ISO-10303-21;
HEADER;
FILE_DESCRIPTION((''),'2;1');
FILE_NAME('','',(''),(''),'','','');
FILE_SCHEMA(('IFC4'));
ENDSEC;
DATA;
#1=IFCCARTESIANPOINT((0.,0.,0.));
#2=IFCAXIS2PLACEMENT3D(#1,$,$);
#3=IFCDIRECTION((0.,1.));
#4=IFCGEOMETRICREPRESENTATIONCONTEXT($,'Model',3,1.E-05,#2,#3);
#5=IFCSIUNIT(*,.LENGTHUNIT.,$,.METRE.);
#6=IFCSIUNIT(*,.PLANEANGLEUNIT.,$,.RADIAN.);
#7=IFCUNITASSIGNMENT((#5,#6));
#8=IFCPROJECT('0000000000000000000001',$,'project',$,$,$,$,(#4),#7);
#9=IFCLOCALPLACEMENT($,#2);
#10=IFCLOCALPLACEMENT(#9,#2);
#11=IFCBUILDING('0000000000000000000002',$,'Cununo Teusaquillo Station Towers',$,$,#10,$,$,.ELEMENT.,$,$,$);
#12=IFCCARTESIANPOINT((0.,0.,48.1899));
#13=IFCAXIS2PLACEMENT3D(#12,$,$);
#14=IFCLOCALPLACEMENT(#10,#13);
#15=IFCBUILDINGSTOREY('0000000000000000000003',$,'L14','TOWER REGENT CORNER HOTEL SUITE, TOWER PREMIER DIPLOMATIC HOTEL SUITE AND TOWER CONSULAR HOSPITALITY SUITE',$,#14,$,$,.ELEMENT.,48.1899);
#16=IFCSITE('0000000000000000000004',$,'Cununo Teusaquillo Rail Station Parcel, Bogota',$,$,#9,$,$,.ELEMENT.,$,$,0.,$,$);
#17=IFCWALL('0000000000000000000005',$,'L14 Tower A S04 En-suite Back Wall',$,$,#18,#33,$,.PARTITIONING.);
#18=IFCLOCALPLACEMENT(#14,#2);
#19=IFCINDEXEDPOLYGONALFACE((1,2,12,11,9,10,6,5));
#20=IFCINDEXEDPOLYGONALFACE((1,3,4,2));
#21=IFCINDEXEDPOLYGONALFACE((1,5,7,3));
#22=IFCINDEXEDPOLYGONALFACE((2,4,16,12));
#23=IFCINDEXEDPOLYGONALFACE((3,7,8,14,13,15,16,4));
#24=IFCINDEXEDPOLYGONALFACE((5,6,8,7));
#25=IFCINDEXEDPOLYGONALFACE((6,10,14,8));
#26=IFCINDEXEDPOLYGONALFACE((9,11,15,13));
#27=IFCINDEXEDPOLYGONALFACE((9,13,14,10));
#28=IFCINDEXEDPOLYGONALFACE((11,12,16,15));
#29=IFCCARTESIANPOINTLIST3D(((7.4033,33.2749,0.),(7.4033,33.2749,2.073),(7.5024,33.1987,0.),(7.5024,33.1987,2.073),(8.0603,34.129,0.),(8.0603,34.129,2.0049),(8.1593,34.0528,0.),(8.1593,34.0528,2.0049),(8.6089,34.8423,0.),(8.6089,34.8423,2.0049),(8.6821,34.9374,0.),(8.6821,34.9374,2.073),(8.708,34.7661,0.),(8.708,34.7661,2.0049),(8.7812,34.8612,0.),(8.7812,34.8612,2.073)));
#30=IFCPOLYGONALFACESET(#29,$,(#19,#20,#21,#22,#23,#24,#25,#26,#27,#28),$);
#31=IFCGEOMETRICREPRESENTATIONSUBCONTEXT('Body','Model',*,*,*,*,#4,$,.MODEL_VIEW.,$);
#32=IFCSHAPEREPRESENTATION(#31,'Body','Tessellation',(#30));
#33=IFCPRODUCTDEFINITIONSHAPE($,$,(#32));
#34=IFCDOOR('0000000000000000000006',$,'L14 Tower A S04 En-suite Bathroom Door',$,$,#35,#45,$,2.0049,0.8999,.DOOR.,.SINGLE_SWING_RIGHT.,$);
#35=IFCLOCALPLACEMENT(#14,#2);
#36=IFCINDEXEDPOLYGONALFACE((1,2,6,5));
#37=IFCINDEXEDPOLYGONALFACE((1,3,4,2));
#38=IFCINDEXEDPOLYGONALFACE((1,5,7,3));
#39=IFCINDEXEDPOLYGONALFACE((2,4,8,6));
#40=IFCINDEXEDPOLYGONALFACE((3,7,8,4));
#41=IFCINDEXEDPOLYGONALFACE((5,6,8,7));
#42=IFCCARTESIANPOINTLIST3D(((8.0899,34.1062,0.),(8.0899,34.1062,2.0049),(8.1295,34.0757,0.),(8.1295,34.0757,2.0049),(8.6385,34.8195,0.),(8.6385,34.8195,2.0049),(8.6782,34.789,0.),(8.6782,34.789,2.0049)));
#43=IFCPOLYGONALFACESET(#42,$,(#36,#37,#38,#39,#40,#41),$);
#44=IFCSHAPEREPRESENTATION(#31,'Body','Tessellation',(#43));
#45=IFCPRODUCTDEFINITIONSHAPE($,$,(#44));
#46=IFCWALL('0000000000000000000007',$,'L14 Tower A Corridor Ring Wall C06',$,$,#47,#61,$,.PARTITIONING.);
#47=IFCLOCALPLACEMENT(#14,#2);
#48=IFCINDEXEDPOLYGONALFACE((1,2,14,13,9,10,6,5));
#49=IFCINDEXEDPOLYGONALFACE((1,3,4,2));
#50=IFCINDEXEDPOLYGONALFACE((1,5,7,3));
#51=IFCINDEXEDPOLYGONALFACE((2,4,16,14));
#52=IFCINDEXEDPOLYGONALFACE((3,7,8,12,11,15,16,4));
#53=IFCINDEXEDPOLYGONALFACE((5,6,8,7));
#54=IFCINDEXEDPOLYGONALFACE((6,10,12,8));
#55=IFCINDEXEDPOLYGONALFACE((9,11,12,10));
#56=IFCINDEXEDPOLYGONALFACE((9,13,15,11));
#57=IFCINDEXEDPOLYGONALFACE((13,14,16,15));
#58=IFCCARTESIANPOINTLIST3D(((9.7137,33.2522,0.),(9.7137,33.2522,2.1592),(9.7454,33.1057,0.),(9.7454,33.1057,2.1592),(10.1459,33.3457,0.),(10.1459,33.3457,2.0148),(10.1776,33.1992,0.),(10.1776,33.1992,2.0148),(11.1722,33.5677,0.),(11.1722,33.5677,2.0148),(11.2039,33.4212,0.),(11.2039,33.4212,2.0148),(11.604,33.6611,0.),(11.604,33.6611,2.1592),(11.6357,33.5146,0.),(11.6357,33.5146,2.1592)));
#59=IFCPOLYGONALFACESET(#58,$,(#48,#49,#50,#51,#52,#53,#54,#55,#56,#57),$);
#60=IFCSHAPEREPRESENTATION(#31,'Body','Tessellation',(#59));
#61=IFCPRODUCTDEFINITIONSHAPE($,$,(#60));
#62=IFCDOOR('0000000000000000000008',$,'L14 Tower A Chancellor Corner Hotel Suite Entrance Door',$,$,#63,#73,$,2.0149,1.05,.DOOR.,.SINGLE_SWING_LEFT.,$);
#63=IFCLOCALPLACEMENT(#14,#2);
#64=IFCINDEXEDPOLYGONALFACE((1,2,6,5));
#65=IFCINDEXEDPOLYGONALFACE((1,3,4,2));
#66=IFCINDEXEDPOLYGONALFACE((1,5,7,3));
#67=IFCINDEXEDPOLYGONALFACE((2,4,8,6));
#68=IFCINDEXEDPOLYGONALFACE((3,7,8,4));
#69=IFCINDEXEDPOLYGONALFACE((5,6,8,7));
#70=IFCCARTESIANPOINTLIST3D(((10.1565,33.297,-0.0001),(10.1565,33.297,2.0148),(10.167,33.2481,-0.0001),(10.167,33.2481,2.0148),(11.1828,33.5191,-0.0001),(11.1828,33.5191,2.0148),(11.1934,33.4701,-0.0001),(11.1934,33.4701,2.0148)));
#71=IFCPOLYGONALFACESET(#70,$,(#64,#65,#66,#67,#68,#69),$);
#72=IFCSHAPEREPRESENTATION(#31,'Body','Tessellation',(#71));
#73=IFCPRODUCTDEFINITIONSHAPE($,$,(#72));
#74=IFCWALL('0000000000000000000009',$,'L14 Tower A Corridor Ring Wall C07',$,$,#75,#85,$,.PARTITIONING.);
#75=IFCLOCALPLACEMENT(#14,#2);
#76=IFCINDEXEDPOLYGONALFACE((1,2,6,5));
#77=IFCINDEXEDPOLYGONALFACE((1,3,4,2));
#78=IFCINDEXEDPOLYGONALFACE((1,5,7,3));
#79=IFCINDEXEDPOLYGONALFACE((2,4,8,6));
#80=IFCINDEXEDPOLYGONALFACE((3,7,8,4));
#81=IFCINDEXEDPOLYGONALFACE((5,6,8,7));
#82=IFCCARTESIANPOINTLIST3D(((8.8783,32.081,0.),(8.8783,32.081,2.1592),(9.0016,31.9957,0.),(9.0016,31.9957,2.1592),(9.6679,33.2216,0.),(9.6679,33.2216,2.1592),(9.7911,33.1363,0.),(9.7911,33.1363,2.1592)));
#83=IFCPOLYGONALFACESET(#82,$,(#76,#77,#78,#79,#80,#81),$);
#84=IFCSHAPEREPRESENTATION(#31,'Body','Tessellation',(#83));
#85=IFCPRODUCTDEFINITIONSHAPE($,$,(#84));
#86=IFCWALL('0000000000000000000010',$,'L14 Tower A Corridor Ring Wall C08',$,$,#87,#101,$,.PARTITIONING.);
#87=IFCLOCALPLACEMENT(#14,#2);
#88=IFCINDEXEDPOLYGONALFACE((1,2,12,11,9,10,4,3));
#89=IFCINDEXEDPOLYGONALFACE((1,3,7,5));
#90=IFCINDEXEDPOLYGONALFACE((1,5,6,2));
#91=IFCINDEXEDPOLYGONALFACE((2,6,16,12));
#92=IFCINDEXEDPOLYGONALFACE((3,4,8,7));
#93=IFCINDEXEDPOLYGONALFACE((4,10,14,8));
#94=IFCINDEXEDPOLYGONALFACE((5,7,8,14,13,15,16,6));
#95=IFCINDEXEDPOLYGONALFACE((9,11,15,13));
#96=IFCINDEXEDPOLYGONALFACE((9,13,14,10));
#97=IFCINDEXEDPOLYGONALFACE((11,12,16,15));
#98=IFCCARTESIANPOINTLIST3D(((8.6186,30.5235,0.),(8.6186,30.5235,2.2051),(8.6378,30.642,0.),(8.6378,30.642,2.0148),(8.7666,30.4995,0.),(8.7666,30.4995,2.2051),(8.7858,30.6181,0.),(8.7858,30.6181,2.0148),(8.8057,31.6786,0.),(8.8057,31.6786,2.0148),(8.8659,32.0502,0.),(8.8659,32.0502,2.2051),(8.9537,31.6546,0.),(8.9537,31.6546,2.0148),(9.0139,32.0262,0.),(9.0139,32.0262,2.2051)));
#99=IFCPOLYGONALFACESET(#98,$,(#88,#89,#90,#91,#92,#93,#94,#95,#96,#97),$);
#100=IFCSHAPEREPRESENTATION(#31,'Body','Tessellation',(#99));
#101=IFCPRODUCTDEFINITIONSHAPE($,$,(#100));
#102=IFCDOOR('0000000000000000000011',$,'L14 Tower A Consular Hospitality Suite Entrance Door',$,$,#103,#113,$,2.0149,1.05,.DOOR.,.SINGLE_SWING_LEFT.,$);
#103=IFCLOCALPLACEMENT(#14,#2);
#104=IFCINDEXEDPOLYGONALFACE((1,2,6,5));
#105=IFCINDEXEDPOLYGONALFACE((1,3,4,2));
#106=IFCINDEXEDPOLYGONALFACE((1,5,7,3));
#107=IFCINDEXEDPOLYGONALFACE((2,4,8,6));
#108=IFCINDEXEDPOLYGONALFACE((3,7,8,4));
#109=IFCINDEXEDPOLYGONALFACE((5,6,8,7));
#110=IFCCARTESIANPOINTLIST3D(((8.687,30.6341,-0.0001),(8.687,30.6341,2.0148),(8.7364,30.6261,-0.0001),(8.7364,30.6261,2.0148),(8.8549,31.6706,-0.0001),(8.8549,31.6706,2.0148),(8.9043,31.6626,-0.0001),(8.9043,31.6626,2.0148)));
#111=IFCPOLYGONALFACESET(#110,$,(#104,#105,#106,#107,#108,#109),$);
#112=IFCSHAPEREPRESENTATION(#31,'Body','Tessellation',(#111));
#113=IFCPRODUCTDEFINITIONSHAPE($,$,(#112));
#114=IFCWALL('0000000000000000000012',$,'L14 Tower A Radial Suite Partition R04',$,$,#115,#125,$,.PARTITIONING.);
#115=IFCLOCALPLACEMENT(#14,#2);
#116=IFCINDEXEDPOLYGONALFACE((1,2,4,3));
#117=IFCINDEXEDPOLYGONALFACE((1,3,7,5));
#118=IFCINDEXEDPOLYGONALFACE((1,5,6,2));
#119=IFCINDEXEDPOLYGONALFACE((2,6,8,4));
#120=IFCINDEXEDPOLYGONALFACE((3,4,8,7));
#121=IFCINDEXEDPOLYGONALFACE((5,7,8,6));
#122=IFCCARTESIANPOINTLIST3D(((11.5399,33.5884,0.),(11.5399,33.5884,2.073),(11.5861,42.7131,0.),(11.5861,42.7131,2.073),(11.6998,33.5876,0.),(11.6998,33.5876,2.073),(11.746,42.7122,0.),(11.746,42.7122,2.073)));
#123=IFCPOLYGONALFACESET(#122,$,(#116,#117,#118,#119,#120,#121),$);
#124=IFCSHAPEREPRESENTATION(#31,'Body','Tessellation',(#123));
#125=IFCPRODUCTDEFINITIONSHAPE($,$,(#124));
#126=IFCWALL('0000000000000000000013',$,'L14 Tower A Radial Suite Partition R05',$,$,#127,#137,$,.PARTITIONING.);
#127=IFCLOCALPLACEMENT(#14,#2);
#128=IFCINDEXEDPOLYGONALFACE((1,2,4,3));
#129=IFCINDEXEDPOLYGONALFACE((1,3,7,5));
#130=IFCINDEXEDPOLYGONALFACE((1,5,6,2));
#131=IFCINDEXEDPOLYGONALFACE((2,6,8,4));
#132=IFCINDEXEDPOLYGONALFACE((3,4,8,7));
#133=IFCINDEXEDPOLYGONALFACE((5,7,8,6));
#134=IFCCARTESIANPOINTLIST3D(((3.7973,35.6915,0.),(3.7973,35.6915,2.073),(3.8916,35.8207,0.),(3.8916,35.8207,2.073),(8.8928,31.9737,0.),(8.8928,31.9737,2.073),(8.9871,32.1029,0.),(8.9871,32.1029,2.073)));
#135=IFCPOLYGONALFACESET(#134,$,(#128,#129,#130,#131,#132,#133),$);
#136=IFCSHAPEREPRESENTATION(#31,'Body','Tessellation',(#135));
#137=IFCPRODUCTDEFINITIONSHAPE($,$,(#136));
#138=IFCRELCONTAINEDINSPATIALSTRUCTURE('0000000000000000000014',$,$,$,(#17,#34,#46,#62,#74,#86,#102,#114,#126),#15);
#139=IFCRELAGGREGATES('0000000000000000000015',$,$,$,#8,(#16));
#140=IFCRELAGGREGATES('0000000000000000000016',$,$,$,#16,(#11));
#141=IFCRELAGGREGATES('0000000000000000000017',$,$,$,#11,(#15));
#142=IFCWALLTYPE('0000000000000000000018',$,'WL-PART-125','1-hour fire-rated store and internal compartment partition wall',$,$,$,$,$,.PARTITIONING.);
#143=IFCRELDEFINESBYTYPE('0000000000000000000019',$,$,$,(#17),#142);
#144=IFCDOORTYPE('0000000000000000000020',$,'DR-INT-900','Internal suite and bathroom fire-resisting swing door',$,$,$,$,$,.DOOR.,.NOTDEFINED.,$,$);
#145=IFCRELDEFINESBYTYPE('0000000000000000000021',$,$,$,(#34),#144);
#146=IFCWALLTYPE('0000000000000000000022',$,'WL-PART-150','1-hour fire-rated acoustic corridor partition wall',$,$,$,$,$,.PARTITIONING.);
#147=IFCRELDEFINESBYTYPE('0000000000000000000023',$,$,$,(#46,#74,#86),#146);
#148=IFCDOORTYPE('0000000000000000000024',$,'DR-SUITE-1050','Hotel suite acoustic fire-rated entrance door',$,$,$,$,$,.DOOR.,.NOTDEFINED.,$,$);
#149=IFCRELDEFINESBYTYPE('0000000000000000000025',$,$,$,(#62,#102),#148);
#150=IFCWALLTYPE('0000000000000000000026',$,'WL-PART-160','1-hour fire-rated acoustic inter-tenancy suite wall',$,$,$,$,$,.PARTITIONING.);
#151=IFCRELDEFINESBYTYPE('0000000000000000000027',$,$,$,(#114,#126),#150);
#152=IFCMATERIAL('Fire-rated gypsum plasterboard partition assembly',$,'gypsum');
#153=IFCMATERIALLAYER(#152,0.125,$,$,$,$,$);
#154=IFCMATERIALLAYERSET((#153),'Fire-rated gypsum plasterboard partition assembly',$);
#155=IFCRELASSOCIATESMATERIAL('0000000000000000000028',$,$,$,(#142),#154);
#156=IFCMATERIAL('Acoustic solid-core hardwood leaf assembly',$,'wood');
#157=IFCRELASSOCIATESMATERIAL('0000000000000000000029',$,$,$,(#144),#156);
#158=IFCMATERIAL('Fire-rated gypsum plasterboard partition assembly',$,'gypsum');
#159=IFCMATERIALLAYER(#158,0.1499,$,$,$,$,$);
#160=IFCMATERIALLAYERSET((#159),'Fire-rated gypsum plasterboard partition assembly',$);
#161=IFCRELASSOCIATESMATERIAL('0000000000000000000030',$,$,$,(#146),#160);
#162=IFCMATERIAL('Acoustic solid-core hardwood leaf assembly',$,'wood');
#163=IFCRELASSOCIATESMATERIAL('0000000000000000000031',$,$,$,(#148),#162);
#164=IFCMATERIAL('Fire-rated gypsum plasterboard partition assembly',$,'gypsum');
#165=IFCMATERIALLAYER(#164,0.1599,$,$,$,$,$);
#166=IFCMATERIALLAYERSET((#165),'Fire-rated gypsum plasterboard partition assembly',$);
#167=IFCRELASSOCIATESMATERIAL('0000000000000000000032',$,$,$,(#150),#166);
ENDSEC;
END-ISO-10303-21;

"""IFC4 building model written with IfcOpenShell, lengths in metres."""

from ifc_helpers import new_model, si_unit, direction, frame, frame_2d, origin, place, context, subcontext, project, spatial, rectangle, extrude, source, transform, mapped, material, layer, layer_set, type_object, element, fill, save


model = new_model("IFC4")

# Units and contexts
model_context = context("Model", 3, precision=1e-05, world=origin(), true_north=direction((0.0, 1.0)))
body_context = subcontext(model_context, "Body", "Model", "MODEL_VIEW")
ifc_project = project(units=[si_unit("LENGTHUNIT", "METRE"), si_unit("PLANEANGLEUNIT", "RADIAN")], contexts=[model_context])

# Site, building, storey
site_placement = place(None, origin())
site = spatial("IfcSite", under=ifc_project, at=site_placement, Name="Cununo Teusaquillo Rail Station Parcel, Bogota", CompositionType="ELEMENT", RefElevation=0.0)
building_placement = place(site_placement, origin())
building = spatial("IfcBuilding", under=site, at=building_placement, Name="Cununo Teusaquillo Station Towers", CompositionType="ELEMENT")
storey_placement = place(building_placement, frame((0.0, 0.0, 48.1899)))
storey = spatial("IfcBuildingStorey", under=building, at=storey_placement, Name="L14", Description="TOWER REGENT CORNER HOTEL SUITE, TOWER PREMIER DIPLOMATIC HOTEL SUITE AND TOWER CONSULAR HOSPITALITY SUITE", CompositionType="ELEMENT", Elevation=48.1899)

# Shared definitions
ifc_material_1 = material(Name="Fire-rated gypsum plasterboard partition assembly", Category="gypsum")
ifc_layer_1 = layer(ifc_material_1, 0.125)
ifc_layer_set_1 = layer_set([ifc_layer_1], Name="Fire-rated gypsum plasterboard partition assembly")
wall_type_1 = type_object("IfcWallType", Name="WL-PART-125", Description="1-hour fire-rated store and internal compartment partition wall", PredefinedType="PARTITIONING", material=ifc_layer_set_1)

# Walls, openings, doors
wall_1_placement = place(storey_placement, frame((8.7317, 34.8994, 0.0), z_axis=(0.0, 0.0, 1.0), x_axis=(-0.609677, -0.79265, 0.0)))
wall_1 = element("IfcWall", 1, at=wall_1_placement, inside=storey, type_object=wall_type_1, Name="L14 Tower A S04 En-suite Back Wall", PredefinedType="PARTITIONING", context=body_context, shape_type="SweptSolid", body=[
    extrude(rectangle(XDim=2.0974, YDim=0.125, at=frame_2d((1.0488, 0.0))), origin(), (0.0, 0.0, 1.0), 2.073),
])
shared_shape_1 = source(origin(), body_context, "Body", "SweptSolid", [
    extrude(rectangle(XDim=0.8999, YDim=2.0049, at=frame_2d((0.45, 1.0024))), frame((0.0, 0.0725, 0.0), z_axis=(0.0, -1.0, 0.0), x_axis=(1.0, 0.0, 0.0)), (0.0, 0.0, 1.0), 0.145),
])
opening_1_placement = place(wall_1_placement, frame((0.1201, 0.0, 0.0)))
opening_1 = element("IfcOpeningElement", 2, at=opening_1_placement, cuts=wall_1, PredefinedType="OPENING", context=body_context, shape_type="MappedRepresentation", body=[
    mapped(shared_shape_1, transform((0.0, 0.0, 0.0), x_axis=(1.0, 0.0, 0.0), y_axis=(0.0, 1.0, 0.0), z_axis=(0.0, 0.0, 1.0), scale=1.0)),
])
ifc_material_2 = material(Name="Acoustic solid-core hardwood leaf assembly", Category="wood")
door_type_1 = type_object("IfcDoorType", Name="DR-INT-900", Description="Internal suite and bathroom fire-resisting swing door", OperationType="NOTDEFINED", PredefinedType="DOOR", material=ifc_material_2)
shared_shape_2 = source(origin(), body_context, "Body", "SweptSolid", [
    extrude(rectangle(XDim=0.8999, YDim=2.0049, at=frame_2d((0.45, 1.0024))), frame((0.0, 0.0249, 0.0), z_axis=(0.0, -1.0, 0.0), x_axis=(1.0, 0.0, 0.0)), (0.0, 0.0, 1.0), 0.05),
])
door_1_placement = place(opening_1_placement, origin())
door_1 = element("IfcDoor", 3, at=door_1_placement, inside=storey, type_object=door_type_1, Name="L14 Tower A S04 En-suite Bathroom Door", OperationType="SINGLE_SWING_RIGHT", OverallHeight=2.0049, OverallWidth=0.8999, PredefinedType="DOOR", context=body_context, shape_type="MappedRepresentation", body=[
    mapped(shared_shape_2, transform((0.0, 0.0, 0.0), x_axis=(1.0, 0.0, 0.0), y_axis=(0.0, 1.0, 0.0), z_axis=(0.0, 0.0, 1.0), scale=1.0)),
])
fill(opening_1, door_1)
ifc_material_3 = material(Name="Fire-rated gypsum plasterboard partition assembly", Category="gypsum")
ifc_layer_2 = layer(ifc_material_3, 0.1499)
ifc_layer_set_2 = layer_set([ifc_layer_2], Name="Fire-rated gypsum plasterboard partition assembly")
wall_type_2 = type_object("IfcWallType", Name="WL-PART-150", Description="1-hour fire-rated acoustic corridor partition wall", PredefinedType="PARTITIONING", material=ifc_layer_set_2)
wall_2_placement = place(storey_placement, frame((11.6199, 33.5879, 0.0), z_axis=(0.0, 0.0, 1.0), x_axis=(-0.977392, -0.211434, 0.0)))
wall_2 = element("IfcWall", 4, at=wall_2_placement, inside=storey, type_object=wall_type_2, Name="L14 Tower A Corridor Ring Wall C06", PredefinedType="PARTITIONING", context=body_context, shape_type="SweptSolid", body=[
    extrude(rectangle(XDim=1.9341, YDim=0.1499, at=frame_2d((0.967, 0.0))), origin(), (0.0, 0.0, 1.0), 2.1592),
])
shared_shape_3 = source(origin(), body_context, "Body", "SweptSolid", [
    extrude(rectangle(XDim=1.05, YDim=2.0149, at=frame_2d((0.5249, 1.0073))), frame((0.0, 0.085, 0.0), z_axis=(0.0, -1.0, 0.0), x_axis=(1.0, 0.0, 0.0)), (0.0, 0.0, 1.0), 0.1699),
])
opening_2_placement = place(wall_2_placement, frame((0.4419, 0.0, 0.0)))
opening_2 = element("IfcOpeningElement", 5, at=opening_2_placement, cuts=wall_2, PredefinedType="OPENING", context=body_context, shape_type="MappedRepresentation", body=[
    mapped(shared_shape_3, transform((0.0, 0.0, 0.0), x_axis=(1.0, 0.0, 0.0), y_axis=(0.0, 1.0, 0.0), z_axis=(0.0, 0.0, 1.0), scale=1.0)),
])
ifc_material_4 = material(Name="Acoustic solid-core hardwood leaf assembly", Category="wood")
door_type_2 = type_object("IfcDoorType", Name="DR-SUITE-1050", Description="Hotel suite acoustic fire-rated entrance door", OperationType="NOTDEFINED", PredefinedType="DOOR", material=ifc_material_4)
shared_shape_4 = source(origin(), body_context, "Body", "SweptSolid", [
    extrude(rectangle(XDim=1.05, YDim=2.0149, at=frame_2d((0.5249, 1.0073))), frame((0.0, 0.0249, 0.0), z_axis=(0.0, -1.0, 0.0), x_axis=(1.0, 0.0, 0.0)), (0.0, 0.0, 1.0), 0.05),
])
door_2_placement = place(opening_2_placement, origin())
door_2 = element("IfcDoor", 6, at=door_2_placement, inside=storey, type_object=door_type_2, Name="L14 Tower A Chancellor Corner Hotel Suite Entrance Door", OperationType="SINGLE_SWING_LEFT", OverallHeight=2.0149, OverallWidth=1.05, PredefinedType="DOOR", context=body_context, shape_type="MappedRepresentation", body=[
    mapped(shared_shape_4, transform((0.0, 0.0, 0.0), x_axis=(1.0, 0.0, 0.0), y_axis=(0.0, 1.0, 0.0), z_axis=(0.0, 0.0, 1.0), scale=1.0)),
])
fill(opening_2, door_2)

# Wall
wall_3_placement = place(storey_placement, frame((9.7295, 33.179, 0.0), z_axis=(0.0, 0.0, 1.0), x_axis=(-0.569155, -0.82223, 0.0)))
element("IfcWall", 7, at=wall_3_placement, inside=storey, type_object=wall_type_2, Name="L14 Tower A Corridor Ring Wall C07", PredefinedType="PARTITIONING", context=body_context, shape_type="SweptSolid", body=[
    extrude(rectangle(XDim=1.3872, YDim=0.1499, at=frame_2d((0.6936, 0.0))), origin(), (0.0, 0.0, 1.0), 2.1592),
])

# Wall, opening, door
wall_4_placement = place(storey_placement, frame((8.9399, 32.0383, 0.0), z_axis=(0.0, 0.0, 1.0), x_axis=(-0.159917, -0.98713, 0.0)))
wall_4 = element("IfcWall", 8, at=wall_4_placement, inside=storey, type_object=wall_type_2, Name="L14 Tower A Corridor Ring Wall C08", PredefinedType="PARTITIONING", context=body_context, shape_type="SweptSolid", body=[
    extrude(rectangle(XDim=1.5466, YDim=0.1499, at=frame_2d((0.7734, 0.0))), origin(), (0.0, 0.0, 1.0), 2.2051),
])
opening_3_placement = place(wall_4_placement, frame((0.3767, 0.0, 0.0)))
opening_3 = element("IfcOpeningElement", 9, at=opening_3_placement, cuts=wall_4, PredefinedType="OPENING", context=body_context, shape_type="MappedRepresentation", body=[
    mapped(shared_shape_3, transform((0.0, 0.0, 0.0), x_axis=(1.0, 0.0, 0.0), y_axis=(0.0, 1.0, 0.0), z_axis=(0.0, 0.0, 1.0), scale=1.0)),
])
door_3_placement = place(opening_3_placement, origin())
door_3 = element("IfcDoor", 10, at=door_3_placement, inside=storey, type_object=door_type_2, Name="L14 Tower A Consular Hospitality Suite Entrance Door", OperationType="SINGLE_SWING_LEFT", OverallHeight=2.0149, OverallWidth=1.05, PredefinedType="DOOR", context=body_context, shape_type="MappedRepresentation", body=[
    mapped(shared_shape_4, transform((0.0, 0.0, 0.0), x_axis=(1.0, 0.0, 0.0), y_axis=(0.0, 1.0, 0.0), z_axis=(0.0, 0.0, 1.0), scale=1.0)),
])
fill(opening_3, door_3)

# Walls
ifc_material_5 = material(Name="Fire-rated gypsum plasterboard partition assembly", Category="gypsum")
ifc_layer_3 = layer(ifc_material_5, 0.1599)
ifc_layer_set_3 = layer_set([ifc_layer_3], Name="Fire-rated gypsum plasterboard partition assembly")
wall_type_3 = type_object("IfcWallType", Name="WL-PART-160", Description="1-hour fire-rated acoustic inter-tenancy suite wall", PredefinedType="PARTITIONING", material=ifc_layer_set_3)
wall_5_placement = place(storey_placement, frame((11.6199, 33.5879, 0.0), z_axis=(0.0, 0.0, 1.0), x_axis=(0.005057, 0.999987, 0.0)))
element("IfcWall", 11, at=wall_5_placement, inside=storey, type_object=wall_type_3, Name="L14 Tower A Radial Suite Partition R04", PredefinedType="PARTITIONING", context=body_context, shape_type="SweptSolid", body=[
    extrude(rectangle(XDim=9.1248, YDim=0.1599, at=frame_2d((4.5625, 0.0))), origin(), (0.0, 0.0, 1.0), 2.073),
])
wall_6_placement = place(storey_placement, frame((8.9399, 32.0383, 0.0), z_axis=(0.0, 0.0, 1.0), x_axis=(-0.807831, 0.589414, 0.0)))
element("IfcWall", 12, at=wall_6_placement, inside=storey, type_object=wall_type_3, Name="L14 Tower A Radial Suite Partition R05", PredefinedType="PARTITIONING", context=body_context, shape_type="SweptSolid", body=[
    extrude(rectangle(XDim=6.3076, YDim=0.1599, at=frame_2d((3.1538, 0.0))), origin(), (0.0, 0.0, 1.0), 2.073),
])

save(model, "model.ifc")
